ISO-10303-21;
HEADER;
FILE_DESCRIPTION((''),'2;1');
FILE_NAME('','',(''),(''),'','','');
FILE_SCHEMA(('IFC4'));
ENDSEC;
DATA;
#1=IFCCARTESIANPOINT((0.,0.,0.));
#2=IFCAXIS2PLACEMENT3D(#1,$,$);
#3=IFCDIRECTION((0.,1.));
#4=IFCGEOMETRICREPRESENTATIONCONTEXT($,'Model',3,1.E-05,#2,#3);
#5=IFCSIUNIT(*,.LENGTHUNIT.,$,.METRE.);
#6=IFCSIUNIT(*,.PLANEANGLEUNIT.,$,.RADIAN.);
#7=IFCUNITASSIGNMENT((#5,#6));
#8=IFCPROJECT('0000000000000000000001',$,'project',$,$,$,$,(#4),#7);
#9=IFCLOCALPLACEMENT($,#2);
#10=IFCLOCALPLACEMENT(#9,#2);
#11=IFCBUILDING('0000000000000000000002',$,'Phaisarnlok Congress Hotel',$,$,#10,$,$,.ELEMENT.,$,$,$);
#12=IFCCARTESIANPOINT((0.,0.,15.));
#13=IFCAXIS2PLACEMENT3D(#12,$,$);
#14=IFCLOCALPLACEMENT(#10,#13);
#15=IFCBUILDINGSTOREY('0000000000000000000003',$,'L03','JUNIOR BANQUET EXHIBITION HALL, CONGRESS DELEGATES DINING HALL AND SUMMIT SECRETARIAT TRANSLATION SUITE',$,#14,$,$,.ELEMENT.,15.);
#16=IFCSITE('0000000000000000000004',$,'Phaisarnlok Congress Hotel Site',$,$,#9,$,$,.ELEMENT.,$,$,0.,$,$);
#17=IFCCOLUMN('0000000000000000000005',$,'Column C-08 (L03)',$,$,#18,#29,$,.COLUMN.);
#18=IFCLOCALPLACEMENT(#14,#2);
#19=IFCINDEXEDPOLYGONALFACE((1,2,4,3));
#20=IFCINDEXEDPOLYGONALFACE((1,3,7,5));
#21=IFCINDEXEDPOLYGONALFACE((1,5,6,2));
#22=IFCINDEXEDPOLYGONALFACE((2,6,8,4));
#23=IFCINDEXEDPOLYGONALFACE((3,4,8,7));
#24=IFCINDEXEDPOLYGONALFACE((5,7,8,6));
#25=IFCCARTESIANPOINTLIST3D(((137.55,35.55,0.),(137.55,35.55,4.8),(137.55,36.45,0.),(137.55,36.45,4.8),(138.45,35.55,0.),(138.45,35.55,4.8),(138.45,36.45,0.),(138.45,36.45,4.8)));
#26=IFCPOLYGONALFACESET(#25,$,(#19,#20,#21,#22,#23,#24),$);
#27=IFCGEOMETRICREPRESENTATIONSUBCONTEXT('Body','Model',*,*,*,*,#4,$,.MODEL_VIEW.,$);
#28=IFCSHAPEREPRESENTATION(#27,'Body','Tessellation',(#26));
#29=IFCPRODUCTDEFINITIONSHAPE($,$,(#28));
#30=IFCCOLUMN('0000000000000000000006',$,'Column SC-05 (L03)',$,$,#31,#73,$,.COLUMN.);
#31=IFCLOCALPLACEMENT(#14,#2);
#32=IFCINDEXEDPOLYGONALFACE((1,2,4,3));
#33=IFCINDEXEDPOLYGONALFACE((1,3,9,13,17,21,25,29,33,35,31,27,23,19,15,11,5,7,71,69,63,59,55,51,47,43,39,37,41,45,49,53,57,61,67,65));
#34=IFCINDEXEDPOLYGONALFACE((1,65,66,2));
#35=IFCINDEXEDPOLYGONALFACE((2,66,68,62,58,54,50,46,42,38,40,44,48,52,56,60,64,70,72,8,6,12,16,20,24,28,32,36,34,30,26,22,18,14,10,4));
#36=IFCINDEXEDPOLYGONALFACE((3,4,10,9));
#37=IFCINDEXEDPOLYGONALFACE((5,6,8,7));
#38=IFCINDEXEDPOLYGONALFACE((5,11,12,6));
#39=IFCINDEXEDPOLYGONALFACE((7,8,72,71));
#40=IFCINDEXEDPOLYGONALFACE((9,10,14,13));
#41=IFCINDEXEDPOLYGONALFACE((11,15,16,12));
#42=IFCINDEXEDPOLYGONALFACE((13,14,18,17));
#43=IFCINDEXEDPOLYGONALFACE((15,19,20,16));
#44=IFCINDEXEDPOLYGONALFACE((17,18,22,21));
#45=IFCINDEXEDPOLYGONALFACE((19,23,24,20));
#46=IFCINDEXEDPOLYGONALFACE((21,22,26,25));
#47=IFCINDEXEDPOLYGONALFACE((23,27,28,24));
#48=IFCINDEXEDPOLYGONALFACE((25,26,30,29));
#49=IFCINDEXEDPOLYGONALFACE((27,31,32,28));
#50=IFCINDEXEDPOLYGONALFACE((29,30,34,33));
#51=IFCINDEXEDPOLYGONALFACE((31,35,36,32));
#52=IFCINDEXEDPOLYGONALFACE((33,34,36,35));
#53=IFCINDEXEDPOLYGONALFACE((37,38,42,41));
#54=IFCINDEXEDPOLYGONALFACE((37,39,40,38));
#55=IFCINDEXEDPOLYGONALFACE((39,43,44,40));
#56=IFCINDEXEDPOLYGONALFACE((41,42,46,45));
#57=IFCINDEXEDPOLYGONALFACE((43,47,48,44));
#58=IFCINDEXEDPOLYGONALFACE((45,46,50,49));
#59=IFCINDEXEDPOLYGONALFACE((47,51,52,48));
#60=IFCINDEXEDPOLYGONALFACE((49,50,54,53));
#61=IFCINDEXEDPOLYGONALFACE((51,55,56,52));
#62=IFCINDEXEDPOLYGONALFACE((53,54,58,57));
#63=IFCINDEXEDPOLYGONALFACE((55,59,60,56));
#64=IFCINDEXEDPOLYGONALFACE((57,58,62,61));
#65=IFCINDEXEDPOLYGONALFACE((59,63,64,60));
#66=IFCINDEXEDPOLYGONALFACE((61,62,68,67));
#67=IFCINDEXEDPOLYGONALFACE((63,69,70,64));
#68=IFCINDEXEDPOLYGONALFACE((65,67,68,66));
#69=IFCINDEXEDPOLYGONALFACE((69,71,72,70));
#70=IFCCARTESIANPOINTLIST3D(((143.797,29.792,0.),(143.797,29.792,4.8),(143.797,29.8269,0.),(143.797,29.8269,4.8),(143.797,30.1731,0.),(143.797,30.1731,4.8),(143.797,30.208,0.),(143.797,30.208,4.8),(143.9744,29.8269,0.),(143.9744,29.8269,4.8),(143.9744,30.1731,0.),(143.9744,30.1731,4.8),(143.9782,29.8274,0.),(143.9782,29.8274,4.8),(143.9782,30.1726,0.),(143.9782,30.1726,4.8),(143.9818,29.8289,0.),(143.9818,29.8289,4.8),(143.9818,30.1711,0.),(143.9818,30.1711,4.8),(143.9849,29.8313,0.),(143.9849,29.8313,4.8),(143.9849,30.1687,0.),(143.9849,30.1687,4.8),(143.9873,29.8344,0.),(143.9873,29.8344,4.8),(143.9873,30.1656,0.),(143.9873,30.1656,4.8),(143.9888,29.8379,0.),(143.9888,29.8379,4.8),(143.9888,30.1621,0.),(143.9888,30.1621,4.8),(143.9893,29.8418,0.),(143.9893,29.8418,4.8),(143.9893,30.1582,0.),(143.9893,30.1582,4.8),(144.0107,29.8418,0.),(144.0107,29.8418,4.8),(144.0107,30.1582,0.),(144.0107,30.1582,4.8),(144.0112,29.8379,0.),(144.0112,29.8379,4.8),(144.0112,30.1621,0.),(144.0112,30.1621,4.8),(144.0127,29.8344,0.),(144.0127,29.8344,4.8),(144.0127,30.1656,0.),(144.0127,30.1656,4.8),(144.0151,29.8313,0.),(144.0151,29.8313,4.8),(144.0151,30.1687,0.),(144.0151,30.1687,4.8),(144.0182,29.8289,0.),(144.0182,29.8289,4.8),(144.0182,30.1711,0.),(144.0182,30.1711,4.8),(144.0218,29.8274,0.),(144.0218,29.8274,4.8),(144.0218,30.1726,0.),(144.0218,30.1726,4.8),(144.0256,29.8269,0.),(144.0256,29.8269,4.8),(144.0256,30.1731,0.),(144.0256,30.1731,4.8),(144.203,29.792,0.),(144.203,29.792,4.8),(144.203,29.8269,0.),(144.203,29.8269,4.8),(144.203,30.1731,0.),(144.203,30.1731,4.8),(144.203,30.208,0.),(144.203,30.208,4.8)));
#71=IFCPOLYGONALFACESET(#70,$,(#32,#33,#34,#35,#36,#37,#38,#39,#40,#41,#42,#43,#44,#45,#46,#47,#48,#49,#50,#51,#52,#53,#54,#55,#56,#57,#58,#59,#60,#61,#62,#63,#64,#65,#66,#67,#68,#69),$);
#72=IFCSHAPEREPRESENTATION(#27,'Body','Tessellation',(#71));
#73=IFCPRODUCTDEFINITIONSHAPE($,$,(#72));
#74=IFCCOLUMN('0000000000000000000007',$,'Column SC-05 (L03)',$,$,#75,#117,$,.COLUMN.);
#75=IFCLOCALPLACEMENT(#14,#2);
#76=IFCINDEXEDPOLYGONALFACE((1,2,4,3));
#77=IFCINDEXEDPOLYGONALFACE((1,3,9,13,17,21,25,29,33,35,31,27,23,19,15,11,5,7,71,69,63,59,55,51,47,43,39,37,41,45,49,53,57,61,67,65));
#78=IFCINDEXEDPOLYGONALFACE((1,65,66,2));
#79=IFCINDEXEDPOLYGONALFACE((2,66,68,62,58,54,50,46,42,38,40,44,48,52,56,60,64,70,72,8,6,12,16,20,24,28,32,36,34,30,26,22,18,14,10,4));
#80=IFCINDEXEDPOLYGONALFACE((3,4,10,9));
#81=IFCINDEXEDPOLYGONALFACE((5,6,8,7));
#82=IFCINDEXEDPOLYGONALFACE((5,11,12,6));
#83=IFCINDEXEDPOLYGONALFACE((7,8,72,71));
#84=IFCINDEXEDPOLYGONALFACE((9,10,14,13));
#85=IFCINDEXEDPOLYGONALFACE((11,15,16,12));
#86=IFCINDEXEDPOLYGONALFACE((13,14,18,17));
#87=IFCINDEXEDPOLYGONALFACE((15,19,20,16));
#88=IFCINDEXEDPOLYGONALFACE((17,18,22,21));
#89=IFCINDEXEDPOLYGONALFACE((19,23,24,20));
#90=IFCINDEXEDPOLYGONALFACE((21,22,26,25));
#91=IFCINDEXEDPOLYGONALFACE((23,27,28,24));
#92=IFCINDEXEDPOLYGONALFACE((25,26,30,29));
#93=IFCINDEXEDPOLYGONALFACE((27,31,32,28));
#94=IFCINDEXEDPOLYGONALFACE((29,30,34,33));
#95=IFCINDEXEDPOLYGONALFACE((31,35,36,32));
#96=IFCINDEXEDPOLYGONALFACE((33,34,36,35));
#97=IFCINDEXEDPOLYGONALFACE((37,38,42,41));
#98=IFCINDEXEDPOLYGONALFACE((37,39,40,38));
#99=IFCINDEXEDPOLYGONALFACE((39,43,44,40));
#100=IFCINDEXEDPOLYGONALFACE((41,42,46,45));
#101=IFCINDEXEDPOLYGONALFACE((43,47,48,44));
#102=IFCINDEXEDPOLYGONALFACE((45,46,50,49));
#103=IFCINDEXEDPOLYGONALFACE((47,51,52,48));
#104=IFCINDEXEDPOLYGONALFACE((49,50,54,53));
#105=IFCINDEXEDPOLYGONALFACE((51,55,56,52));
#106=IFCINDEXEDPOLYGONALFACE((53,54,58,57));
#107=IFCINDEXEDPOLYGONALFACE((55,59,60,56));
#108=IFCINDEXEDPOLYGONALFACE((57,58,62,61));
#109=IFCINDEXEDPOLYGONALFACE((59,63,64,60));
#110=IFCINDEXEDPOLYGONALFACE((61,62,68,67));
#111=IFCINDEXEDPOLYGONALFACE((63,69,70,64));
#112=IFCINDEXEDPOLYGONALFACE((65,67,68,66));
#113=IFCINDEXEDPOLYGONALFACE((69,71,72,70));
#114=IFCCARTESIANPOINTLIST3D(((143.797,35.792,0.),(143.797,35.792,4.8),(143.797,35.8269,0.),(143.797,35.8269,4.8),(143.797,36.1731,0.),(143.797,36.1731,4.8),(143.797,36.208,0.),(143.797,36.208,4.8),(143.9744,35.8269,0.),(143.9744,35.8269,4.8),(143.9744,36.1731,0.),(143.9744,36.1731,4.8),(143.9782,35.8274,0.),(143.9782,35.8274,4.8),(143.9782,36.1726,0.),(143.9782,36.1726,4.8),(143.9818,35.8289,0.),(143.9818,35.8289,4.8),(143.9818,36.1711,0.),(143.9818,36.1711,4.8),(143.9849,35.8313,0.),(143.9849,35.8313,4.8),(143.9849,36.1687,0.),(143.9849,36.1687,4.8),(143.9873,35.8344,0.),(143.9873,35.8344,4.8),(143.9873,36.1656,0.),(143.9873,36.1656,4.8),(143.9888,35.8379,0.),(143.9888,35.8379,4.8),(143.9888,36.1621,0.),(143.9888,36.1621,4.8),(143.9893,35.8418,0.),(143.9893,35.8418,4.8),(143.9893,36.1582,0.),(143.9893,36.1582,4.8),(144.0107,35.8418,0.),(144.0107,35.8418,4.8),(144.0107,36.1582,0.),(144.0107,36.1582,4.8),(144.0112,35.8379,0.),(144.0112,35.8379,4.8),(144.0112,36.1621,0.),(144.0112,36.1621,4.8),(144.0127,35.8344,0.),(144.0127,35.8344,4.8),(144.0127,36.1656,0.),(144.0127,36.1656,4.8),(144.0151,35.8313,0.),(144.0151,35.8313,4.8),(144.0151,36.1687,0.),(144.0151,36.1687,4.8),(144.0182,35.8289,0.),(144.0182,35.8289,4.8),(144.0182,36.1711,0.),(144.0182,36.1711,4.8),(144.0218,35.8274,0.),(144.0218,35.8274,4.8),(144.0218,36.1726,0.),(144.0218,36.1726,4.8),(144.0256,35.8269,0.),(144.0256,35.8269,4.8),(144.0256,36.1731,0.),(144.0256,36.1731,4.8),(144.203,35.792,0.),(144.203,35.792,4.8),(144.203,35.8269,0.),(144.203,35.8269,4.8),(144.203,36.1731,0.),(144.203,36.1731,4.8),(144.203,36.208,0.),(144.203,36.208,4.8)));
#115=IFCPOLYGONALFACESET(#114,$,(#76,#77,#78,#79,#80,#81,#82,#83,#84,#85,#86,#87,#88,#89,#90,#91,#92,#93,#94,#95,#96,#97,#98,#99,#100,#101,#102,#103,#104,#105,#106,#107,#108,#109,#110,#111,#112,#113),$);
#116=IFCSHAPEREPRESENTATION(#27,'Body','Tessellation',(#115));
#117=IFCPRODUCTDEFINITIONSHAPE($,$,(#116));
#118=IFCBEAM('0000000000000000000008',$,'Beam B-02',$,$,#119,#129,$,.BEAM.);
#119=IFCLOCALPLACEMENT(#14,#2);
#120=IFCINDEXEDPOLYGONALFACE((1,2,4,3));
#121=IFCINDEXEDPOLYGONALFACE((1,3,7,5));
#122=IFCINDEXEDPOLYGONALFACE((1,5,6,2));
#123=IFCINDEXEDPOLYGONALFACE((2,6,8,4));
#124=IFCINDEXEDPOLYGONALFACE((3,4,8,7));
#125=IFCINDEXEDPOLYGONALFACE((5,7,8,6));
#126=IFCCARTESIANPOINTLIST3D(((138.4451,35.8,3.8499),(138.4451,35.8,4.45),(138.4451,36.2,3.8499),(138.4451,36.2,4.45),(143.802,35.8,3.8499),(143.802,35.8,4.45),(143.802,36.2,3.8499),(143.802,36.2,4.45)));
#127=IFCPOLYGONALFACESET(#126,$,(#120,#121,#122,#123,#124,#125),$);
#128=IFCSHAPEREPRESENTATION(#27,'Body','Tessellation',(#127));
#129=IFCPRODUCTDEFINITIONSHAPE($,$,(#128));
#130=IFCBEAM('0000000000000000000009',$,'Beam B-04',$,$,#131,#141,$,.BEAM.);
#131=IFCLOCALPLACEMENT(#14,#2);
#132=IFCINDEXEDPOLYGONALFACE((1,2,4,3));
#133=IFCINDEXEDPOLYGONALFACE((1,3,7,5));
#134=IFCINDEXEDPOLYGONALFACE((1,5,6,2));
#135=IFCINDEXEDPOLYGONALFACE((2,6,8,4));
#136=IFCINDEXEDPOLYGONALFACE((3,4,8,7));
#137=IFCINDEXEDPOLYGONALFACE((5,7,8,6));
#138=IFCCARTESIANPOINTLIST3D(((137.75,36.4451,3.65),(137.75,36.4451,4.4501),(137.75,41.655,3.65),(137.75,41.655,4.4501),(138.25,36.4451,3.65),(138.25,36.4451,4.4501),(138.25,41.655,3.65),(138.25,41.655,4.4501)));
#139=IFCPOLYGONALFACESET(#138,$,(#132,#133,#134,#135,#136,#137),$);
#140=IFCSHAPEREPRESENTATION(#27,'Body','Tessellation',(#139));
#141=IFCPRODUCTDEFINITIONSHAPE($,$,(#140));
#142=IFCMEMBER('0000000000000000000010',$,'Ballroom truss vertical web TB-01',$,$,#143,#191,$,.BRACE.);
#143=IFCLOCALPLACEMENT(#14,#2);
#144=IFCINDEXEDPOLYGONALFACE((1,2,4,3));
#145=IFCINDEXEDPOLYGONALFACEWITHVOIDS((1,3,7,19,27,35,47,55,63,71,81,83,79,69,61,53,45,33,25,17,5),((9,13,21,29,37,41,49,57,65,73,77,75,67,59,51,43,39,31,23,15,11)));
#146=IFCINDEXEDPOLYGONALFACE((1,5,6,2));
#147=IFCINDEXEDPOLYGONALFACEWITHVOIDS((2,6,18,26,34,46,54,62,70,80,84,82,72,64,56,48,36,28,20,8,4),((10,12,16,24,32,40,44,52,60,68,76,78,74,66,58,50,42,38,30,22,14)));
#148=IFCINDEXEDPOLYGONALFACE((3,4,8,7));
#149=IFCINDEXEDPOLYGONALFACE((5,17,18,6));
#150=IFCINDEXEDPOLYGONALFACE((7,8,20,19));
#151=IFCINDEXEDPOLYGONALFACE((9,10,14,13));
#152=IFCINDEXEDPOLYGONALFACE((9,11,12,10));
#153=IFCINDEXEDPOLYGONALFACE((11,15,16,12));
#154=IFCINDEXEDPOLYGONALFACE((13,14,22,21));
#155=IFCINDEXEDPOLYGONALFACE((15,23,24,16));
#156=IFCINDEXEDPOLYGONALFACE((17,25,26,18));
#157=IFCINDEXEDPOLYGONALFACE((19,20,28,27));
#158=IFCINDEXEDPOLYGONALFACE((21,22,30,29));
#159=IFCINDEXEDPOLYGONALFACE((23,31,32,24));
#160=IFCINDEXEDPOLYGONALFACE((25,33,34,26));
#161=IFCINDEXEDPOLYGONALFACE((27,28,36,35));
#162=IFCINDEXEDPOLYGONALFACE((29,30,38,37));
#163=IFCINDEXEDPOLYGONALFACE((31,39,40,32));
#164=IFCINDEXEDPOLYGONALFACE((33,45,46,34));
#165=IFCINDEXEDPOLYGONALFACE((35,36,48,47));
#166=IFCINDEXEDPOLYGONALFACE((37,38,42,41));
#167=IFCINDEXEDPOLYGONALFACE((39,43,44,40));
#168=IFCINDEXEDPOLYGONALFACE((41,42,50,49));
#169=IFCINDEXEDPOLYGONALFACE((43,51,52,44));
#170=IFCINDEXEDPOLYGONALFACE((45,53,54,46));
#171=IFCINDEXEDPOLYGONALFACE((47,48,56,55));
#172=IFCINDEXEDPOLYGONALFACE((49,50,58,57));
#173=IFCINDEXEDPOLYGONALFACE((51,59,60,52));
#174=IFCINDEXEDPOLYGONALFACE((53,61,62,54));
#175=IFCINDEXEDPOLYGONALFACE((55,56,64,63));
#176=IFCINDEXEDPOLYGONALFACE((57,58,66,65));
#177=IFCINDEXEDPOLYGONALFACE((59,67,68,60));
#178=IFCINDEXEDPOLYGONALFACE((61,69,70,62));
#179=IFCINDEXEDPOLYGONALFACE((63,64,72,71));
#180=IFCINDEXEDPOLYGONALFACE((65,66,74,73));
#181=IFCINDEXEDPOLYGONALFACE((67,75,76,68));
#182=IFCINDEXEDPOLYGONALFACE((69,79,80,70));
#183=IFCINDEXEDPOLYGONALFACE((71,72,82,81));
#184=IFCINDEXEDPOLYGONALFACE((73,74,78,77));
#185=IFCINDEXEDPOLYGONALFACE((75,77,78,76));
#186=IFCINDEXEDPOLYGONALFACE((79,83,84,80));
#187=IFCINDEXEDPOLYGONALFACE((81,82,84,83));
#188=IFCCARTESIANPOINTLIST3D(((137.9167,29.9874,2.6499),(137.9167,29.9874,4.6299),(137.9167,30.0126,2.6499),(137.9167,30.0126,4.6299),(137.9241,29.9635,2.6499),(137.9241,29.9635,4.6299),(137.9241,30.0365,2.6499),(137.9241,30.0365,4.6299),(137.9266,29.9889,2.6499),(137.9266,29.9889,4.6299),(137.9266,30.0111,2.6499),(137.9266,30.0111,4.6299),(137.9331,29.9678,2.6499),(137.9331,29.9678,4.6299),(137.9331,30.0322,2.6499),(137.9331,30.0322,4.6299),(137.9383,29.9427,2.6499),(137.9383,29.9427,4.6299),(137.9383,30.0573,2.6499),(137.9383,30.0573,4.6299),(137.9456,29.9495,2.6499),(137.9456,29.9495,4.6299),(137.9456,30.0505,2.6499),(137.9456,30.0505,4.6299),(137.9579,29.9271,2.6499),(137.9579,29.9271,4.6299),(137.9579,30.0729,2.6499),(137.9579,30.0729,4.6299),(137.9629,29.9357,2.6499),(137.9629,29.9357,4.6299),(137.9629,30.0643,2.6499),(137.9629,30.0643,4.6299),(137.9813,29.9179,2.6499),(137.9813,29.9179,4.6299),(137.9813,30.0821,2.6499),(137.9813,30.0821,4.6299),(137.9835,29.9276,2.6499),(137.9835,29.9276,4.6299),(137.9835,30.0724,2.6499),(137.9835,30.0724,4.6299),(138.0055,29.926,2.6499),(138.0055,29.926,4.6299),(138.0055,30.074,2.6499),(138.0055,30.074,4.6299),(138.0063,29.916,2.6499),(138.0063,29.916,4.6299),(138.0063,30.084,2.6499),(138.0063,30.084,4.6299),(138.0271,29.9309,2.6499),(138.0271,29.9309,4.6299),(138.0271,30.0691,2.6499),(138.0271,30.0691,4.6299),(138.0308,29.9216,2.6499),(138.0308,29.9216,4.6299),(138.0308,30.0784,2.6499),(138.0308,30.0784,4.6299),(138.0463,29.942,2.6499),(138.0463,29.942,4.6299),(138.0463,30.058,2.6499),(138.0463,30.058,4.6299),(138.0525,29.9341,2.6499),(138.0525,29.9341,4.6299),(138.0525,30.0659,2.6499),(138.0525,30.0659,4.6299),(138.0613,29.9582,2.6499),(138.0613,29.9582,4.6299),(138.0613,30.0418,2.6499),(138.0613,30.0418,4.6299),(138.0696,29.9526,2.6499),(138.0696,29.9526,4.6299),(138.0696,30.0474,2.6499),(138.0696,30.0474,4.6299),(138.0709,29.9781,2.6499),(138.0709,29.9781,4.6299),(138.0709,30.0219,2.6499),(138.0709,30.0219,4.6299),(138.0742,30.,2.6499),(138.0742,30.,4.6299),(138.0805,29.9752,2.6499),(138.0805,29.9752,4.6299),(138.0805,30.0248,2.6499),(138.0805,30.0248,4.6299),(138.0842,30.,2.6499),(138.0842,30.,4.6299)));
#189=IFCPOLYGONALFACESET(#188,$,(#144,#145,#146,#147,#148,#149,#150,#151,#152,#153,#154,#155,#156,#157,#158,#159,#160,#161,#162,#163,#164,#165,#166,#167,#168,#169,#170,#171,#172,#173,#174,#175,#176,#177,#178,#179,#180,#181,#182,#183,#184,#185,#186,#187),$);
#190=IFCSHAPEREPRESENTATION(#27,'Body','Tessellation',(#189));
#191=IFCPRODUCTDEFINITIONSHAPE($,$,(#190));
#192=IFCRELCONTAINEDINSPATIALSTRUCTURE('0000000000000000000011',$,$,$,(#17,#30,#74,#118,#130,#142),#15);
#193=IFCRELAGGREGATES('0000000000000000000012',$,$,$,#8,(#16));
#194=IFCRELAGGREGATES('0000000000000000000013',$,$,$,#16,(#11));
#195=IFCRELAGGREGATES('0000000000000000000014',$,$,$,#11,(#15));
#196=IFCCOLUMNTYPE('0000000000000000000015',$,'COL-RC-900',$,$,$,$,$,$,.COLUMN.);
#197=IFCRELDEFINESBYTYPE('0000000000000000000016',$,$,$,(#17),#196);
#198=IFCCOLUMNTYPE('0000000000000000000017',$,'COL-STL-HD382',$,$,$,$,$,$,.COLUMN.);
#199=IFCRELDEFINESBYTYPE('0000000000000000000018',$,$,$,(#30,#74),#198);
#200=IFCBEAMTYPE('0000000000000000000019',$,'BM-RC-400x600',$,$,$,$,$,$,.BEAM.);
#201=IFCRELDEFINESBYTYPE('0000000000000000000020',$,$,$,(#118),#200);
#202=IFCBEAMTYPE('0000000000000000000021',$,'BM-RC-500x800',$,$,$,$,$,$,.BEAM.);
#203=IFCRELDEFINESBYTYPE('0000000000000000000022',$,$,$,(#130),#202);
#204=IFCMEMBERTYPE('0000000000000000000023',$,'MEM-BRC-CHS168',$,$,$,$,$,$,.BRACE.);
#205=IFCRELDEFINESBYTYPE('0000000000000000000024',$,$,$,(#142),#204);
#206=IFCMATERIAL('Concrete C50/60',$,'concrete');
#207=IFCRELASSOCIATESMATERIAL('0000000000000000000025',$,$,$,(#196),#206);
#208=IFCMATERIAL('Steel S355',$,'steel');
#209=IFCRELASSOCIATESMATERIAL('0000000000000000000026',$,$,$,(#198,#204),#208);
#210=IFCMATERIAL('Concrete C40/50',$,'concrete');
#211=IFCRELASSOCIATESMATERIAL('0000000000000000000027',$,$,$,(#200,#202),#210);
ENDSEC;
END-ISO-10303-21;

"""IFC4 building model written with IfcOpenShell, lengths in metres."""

from ifc_helpers import new_model, si_unit, direction, frame, origin, origin_2d, place, context, subcontext, project, spatial, rectangle, hollow_circle, i_section, extrude, material, material_profile, profile_set, type_object, element, save


model = new_model("IFC4")

# Units and contexts
model_context = context("Model", 3, precision=1e-05, world=origin(), true_north=direction((0.0, 1.0)))
body_context = subcontext(model_context, "Body", "Model", "MODEL_VIEW")
ifc_project = project(units=[si_unit("LENGTHUNIT", "METRE"), si_unit("PLANEANGLEUNIT", "RADIAN")], contexts=[model_context])

# Site, building, storey
site_placement = place(None, origin())
site = spatial("IfcSite", under=ifc_project, at=site_placement, Name="Phaisarnlok Congress Hotel Site", CompositionType="ELEMENT", RefElevation=0.0)
building_placement = place(site_placement, origin())
building = spatial("IfcBuilding", under=site, at=building_placement, Name="Phaisarnlok Congress Hotel", CompositionType="ELEMENT")
storey_placement = place(building_placement, frame((0.0, 0.0, 15.0)))
storey = spatial("IfcBuildingStorey", under=building, at=storey_placement, Name="L03", Description="JUNIOR BANQUET EXHIBITION HALL, CONGRESS DELEGATES DINING HALL AND SUMMIT SECRETARIAT TRANSLATION SUITE", CompositionType="ELEMENT", Elevation=15.0)

# Columns
ifc_material_1 = material(Name="Concrete C50/60", Category="concrete")
ifc_material_profile_1 = material_profile(ifc_material_1, rectangle(XDim=0.8999, YDim=0.8999, at=origin_2d()), Name="RC 900x900")
ifc_profile_set_1 = profile_set([ifc_material_profile_1], Name="Concrete C50/60")
column_type_1 = type_object("IfcColumnType", Name="COL-RC-900", PredefinedType="COLUMN", material=ifc_profile_set_1)
column_placement = place(storey_placement, frame((138.0, 36.0, 0.0), z_axis=(0.0, 0.0, 1.0), x_axis=(1.0, 0.0, 0.0)))
element("IfcColumn", 1, at=column_placement, inside=storey, type_object=column_type_1, Name="Column C-08 (L03)", PredefinedType="COLUMN", context=body_context, shape_type="SweptSolid", body=[
    extrude(rectangle(XDim=0.8999, YDim=0.8999, at=origin_2d()), origin(), (0.0, 0.0, 1.0), 4.8),
])
ifc_material_2 = material(Name="Steel S355", Category="steel")
ifc_material_profile_2 = material_profile(ifc_material_2, i_section(OverallWidth=0.406, OverallDepth=0.416, WebThickness=0.0215, FlangeThickness=0.0349, FilletRadius=0.0149, at=origin_2d()), Name="HD 400x382")
ifc_profile_set_2 = profile_set([ifc_material_profile_2], Name="Steel S355")
column_type_2 = type_object("IfcColumnType", Name="COL-STL-HD382", PredefinedType="COLUMN", material=ifc_profile_set_2)
for number, where, z_axis, x_axis, name in (
    (2, (144.0, 30.0, 0.0), (0.0, 0.0, 1.0), (1.0, 0.0, 0.0), "Column SC-05 (L03)"),
    (3, (144.0, 36.0, 0.0), (0.0, 0.0, 1.0), (1.0, 0.0, 0.0), "Column SC-05 (L03)"),
):
    element("IfcColumn", number, at=place(storey_placement, frame(where, z_axis=z_axis, x_axis=x_axis)), inside=storey, type_object=column_type_2, Name=name, PredefinedType="COLUMN", context=body_context, shape_type="SweptSolid", body=[
        extrude(i_section(OverallWidth=0.406, OverallDepth=0.416, WebThickness=0.0215, FlangeThickness=0.0349, FilletRadius=0.0149, at=origin_2d()), origin(), (0.0, 0.0, 1.0), 4.8),
    ])

# Beams
ifc_material_3 = material(Name="Concrete C40/50", Category="concrete")
ifc_material_profile_3 = material_profile(ifc_material_3, rectangle(XDim=0.3999, YDim=0.6001, at=origin_2d()), Name="RC 400x600")
ifc_profile_set_3 = profile_set([ifc_material_profile_3], Name="Concrete C40/50")
beam_type_1 = type_object("IfcBeamType", Name="BM-RC-400x600", PredefinedType="BEAM", material=ifc_profile_set_3)
beam_1_placement = place(storey_placement, frame((138.4451, 36.0, 4.1499), z_axis=(1.0, 0.0, 0.0), x_axis=(0.0, 1.0, 0.0)))
element("IfcBeam", 4, at=beam_1_placement, inside=storey, type_object=beam_type_1, Name="Beam B-02", PredefinedType="BEAM", context=body_context, shape_type="SweptSolid", body=[
    extrude(rectangle(XDim=0.3999, YDim=0.6001, at=origin_2d()), origin(), (0.0, 0.0, 1.0), 5.3569),
])
ifc_material_profile_4 = material_profile(ifc_material_3, rectangle(XDim=0.5, YDim=0.8, at=origin_2d()), Name="RC 500x800")
ifc_profile_set_4 = profile_set([ifc_material_profile_4], Name="Concrete C40/50")
beam_type_2 = type_object("IfcBeamType", Name="BM-RC-500x800", PredefinedType="BEAM", material=ifc_profile_set_4)
beam_2_placement = place(storey_placement, frame((138.0, 36.4451, 4.05), z_axis=(0.0, 1.0, 0.0), x_axis=(-1.0, 0.0, 0.0)))
element("IfcBeam", 5, at=beam_2_placement, inside=storey, type_object=beam_type_2, Name="Beam B-04", PredefinedType="BEAM", context=body_context, shape_type="SweptSolid", body=[
    extrude(rectangle(XDim=0.5, YDim=0.8, at=origin_2d()), origin(), (0.0, 0.0, 1.0), 5.21),
])

# Member
ifc_material_profile_5 = material_profile(ifc_material_2, hollow_circle(Radius=0.0842, WallThickness=0.01, at=origin_2d()), Name="CHS 168.3x10")
ifc_profile_set_5 = profile_set([ifc_material_profile_5], Name="Steel S355")
member_type_1 = type_object("IfcMemberType", Name="MEM-BRC-CHS168", PredefinedType="BRACE", material=ifc_profile_set_5)
for number, where, z_axis, x_axis, name in (
    (6, (138.0, 30.0, 2.6499), (0.0, 0.0, 1.0), (1.0, 0.0, 0.0), "Ballroom truss vertical web TB-01"),
):
    element("IfcMember", number, at=place(storey_placement, frame(where, z_axis=z_axis, x_axis=x_axis)), inside=storey, type_object=member_type_1, Name=name, PredefinedType="BRACE", context=body_context, shape_type="SweptSolid", body=[
        extrude(hollow_circle(Radius=0.0842, WallThickness=0.01, at=origin_2d()), origin(), (0.0, 0.0, 1.0), 1.98),
    ])

save(model, "model.ifc")
